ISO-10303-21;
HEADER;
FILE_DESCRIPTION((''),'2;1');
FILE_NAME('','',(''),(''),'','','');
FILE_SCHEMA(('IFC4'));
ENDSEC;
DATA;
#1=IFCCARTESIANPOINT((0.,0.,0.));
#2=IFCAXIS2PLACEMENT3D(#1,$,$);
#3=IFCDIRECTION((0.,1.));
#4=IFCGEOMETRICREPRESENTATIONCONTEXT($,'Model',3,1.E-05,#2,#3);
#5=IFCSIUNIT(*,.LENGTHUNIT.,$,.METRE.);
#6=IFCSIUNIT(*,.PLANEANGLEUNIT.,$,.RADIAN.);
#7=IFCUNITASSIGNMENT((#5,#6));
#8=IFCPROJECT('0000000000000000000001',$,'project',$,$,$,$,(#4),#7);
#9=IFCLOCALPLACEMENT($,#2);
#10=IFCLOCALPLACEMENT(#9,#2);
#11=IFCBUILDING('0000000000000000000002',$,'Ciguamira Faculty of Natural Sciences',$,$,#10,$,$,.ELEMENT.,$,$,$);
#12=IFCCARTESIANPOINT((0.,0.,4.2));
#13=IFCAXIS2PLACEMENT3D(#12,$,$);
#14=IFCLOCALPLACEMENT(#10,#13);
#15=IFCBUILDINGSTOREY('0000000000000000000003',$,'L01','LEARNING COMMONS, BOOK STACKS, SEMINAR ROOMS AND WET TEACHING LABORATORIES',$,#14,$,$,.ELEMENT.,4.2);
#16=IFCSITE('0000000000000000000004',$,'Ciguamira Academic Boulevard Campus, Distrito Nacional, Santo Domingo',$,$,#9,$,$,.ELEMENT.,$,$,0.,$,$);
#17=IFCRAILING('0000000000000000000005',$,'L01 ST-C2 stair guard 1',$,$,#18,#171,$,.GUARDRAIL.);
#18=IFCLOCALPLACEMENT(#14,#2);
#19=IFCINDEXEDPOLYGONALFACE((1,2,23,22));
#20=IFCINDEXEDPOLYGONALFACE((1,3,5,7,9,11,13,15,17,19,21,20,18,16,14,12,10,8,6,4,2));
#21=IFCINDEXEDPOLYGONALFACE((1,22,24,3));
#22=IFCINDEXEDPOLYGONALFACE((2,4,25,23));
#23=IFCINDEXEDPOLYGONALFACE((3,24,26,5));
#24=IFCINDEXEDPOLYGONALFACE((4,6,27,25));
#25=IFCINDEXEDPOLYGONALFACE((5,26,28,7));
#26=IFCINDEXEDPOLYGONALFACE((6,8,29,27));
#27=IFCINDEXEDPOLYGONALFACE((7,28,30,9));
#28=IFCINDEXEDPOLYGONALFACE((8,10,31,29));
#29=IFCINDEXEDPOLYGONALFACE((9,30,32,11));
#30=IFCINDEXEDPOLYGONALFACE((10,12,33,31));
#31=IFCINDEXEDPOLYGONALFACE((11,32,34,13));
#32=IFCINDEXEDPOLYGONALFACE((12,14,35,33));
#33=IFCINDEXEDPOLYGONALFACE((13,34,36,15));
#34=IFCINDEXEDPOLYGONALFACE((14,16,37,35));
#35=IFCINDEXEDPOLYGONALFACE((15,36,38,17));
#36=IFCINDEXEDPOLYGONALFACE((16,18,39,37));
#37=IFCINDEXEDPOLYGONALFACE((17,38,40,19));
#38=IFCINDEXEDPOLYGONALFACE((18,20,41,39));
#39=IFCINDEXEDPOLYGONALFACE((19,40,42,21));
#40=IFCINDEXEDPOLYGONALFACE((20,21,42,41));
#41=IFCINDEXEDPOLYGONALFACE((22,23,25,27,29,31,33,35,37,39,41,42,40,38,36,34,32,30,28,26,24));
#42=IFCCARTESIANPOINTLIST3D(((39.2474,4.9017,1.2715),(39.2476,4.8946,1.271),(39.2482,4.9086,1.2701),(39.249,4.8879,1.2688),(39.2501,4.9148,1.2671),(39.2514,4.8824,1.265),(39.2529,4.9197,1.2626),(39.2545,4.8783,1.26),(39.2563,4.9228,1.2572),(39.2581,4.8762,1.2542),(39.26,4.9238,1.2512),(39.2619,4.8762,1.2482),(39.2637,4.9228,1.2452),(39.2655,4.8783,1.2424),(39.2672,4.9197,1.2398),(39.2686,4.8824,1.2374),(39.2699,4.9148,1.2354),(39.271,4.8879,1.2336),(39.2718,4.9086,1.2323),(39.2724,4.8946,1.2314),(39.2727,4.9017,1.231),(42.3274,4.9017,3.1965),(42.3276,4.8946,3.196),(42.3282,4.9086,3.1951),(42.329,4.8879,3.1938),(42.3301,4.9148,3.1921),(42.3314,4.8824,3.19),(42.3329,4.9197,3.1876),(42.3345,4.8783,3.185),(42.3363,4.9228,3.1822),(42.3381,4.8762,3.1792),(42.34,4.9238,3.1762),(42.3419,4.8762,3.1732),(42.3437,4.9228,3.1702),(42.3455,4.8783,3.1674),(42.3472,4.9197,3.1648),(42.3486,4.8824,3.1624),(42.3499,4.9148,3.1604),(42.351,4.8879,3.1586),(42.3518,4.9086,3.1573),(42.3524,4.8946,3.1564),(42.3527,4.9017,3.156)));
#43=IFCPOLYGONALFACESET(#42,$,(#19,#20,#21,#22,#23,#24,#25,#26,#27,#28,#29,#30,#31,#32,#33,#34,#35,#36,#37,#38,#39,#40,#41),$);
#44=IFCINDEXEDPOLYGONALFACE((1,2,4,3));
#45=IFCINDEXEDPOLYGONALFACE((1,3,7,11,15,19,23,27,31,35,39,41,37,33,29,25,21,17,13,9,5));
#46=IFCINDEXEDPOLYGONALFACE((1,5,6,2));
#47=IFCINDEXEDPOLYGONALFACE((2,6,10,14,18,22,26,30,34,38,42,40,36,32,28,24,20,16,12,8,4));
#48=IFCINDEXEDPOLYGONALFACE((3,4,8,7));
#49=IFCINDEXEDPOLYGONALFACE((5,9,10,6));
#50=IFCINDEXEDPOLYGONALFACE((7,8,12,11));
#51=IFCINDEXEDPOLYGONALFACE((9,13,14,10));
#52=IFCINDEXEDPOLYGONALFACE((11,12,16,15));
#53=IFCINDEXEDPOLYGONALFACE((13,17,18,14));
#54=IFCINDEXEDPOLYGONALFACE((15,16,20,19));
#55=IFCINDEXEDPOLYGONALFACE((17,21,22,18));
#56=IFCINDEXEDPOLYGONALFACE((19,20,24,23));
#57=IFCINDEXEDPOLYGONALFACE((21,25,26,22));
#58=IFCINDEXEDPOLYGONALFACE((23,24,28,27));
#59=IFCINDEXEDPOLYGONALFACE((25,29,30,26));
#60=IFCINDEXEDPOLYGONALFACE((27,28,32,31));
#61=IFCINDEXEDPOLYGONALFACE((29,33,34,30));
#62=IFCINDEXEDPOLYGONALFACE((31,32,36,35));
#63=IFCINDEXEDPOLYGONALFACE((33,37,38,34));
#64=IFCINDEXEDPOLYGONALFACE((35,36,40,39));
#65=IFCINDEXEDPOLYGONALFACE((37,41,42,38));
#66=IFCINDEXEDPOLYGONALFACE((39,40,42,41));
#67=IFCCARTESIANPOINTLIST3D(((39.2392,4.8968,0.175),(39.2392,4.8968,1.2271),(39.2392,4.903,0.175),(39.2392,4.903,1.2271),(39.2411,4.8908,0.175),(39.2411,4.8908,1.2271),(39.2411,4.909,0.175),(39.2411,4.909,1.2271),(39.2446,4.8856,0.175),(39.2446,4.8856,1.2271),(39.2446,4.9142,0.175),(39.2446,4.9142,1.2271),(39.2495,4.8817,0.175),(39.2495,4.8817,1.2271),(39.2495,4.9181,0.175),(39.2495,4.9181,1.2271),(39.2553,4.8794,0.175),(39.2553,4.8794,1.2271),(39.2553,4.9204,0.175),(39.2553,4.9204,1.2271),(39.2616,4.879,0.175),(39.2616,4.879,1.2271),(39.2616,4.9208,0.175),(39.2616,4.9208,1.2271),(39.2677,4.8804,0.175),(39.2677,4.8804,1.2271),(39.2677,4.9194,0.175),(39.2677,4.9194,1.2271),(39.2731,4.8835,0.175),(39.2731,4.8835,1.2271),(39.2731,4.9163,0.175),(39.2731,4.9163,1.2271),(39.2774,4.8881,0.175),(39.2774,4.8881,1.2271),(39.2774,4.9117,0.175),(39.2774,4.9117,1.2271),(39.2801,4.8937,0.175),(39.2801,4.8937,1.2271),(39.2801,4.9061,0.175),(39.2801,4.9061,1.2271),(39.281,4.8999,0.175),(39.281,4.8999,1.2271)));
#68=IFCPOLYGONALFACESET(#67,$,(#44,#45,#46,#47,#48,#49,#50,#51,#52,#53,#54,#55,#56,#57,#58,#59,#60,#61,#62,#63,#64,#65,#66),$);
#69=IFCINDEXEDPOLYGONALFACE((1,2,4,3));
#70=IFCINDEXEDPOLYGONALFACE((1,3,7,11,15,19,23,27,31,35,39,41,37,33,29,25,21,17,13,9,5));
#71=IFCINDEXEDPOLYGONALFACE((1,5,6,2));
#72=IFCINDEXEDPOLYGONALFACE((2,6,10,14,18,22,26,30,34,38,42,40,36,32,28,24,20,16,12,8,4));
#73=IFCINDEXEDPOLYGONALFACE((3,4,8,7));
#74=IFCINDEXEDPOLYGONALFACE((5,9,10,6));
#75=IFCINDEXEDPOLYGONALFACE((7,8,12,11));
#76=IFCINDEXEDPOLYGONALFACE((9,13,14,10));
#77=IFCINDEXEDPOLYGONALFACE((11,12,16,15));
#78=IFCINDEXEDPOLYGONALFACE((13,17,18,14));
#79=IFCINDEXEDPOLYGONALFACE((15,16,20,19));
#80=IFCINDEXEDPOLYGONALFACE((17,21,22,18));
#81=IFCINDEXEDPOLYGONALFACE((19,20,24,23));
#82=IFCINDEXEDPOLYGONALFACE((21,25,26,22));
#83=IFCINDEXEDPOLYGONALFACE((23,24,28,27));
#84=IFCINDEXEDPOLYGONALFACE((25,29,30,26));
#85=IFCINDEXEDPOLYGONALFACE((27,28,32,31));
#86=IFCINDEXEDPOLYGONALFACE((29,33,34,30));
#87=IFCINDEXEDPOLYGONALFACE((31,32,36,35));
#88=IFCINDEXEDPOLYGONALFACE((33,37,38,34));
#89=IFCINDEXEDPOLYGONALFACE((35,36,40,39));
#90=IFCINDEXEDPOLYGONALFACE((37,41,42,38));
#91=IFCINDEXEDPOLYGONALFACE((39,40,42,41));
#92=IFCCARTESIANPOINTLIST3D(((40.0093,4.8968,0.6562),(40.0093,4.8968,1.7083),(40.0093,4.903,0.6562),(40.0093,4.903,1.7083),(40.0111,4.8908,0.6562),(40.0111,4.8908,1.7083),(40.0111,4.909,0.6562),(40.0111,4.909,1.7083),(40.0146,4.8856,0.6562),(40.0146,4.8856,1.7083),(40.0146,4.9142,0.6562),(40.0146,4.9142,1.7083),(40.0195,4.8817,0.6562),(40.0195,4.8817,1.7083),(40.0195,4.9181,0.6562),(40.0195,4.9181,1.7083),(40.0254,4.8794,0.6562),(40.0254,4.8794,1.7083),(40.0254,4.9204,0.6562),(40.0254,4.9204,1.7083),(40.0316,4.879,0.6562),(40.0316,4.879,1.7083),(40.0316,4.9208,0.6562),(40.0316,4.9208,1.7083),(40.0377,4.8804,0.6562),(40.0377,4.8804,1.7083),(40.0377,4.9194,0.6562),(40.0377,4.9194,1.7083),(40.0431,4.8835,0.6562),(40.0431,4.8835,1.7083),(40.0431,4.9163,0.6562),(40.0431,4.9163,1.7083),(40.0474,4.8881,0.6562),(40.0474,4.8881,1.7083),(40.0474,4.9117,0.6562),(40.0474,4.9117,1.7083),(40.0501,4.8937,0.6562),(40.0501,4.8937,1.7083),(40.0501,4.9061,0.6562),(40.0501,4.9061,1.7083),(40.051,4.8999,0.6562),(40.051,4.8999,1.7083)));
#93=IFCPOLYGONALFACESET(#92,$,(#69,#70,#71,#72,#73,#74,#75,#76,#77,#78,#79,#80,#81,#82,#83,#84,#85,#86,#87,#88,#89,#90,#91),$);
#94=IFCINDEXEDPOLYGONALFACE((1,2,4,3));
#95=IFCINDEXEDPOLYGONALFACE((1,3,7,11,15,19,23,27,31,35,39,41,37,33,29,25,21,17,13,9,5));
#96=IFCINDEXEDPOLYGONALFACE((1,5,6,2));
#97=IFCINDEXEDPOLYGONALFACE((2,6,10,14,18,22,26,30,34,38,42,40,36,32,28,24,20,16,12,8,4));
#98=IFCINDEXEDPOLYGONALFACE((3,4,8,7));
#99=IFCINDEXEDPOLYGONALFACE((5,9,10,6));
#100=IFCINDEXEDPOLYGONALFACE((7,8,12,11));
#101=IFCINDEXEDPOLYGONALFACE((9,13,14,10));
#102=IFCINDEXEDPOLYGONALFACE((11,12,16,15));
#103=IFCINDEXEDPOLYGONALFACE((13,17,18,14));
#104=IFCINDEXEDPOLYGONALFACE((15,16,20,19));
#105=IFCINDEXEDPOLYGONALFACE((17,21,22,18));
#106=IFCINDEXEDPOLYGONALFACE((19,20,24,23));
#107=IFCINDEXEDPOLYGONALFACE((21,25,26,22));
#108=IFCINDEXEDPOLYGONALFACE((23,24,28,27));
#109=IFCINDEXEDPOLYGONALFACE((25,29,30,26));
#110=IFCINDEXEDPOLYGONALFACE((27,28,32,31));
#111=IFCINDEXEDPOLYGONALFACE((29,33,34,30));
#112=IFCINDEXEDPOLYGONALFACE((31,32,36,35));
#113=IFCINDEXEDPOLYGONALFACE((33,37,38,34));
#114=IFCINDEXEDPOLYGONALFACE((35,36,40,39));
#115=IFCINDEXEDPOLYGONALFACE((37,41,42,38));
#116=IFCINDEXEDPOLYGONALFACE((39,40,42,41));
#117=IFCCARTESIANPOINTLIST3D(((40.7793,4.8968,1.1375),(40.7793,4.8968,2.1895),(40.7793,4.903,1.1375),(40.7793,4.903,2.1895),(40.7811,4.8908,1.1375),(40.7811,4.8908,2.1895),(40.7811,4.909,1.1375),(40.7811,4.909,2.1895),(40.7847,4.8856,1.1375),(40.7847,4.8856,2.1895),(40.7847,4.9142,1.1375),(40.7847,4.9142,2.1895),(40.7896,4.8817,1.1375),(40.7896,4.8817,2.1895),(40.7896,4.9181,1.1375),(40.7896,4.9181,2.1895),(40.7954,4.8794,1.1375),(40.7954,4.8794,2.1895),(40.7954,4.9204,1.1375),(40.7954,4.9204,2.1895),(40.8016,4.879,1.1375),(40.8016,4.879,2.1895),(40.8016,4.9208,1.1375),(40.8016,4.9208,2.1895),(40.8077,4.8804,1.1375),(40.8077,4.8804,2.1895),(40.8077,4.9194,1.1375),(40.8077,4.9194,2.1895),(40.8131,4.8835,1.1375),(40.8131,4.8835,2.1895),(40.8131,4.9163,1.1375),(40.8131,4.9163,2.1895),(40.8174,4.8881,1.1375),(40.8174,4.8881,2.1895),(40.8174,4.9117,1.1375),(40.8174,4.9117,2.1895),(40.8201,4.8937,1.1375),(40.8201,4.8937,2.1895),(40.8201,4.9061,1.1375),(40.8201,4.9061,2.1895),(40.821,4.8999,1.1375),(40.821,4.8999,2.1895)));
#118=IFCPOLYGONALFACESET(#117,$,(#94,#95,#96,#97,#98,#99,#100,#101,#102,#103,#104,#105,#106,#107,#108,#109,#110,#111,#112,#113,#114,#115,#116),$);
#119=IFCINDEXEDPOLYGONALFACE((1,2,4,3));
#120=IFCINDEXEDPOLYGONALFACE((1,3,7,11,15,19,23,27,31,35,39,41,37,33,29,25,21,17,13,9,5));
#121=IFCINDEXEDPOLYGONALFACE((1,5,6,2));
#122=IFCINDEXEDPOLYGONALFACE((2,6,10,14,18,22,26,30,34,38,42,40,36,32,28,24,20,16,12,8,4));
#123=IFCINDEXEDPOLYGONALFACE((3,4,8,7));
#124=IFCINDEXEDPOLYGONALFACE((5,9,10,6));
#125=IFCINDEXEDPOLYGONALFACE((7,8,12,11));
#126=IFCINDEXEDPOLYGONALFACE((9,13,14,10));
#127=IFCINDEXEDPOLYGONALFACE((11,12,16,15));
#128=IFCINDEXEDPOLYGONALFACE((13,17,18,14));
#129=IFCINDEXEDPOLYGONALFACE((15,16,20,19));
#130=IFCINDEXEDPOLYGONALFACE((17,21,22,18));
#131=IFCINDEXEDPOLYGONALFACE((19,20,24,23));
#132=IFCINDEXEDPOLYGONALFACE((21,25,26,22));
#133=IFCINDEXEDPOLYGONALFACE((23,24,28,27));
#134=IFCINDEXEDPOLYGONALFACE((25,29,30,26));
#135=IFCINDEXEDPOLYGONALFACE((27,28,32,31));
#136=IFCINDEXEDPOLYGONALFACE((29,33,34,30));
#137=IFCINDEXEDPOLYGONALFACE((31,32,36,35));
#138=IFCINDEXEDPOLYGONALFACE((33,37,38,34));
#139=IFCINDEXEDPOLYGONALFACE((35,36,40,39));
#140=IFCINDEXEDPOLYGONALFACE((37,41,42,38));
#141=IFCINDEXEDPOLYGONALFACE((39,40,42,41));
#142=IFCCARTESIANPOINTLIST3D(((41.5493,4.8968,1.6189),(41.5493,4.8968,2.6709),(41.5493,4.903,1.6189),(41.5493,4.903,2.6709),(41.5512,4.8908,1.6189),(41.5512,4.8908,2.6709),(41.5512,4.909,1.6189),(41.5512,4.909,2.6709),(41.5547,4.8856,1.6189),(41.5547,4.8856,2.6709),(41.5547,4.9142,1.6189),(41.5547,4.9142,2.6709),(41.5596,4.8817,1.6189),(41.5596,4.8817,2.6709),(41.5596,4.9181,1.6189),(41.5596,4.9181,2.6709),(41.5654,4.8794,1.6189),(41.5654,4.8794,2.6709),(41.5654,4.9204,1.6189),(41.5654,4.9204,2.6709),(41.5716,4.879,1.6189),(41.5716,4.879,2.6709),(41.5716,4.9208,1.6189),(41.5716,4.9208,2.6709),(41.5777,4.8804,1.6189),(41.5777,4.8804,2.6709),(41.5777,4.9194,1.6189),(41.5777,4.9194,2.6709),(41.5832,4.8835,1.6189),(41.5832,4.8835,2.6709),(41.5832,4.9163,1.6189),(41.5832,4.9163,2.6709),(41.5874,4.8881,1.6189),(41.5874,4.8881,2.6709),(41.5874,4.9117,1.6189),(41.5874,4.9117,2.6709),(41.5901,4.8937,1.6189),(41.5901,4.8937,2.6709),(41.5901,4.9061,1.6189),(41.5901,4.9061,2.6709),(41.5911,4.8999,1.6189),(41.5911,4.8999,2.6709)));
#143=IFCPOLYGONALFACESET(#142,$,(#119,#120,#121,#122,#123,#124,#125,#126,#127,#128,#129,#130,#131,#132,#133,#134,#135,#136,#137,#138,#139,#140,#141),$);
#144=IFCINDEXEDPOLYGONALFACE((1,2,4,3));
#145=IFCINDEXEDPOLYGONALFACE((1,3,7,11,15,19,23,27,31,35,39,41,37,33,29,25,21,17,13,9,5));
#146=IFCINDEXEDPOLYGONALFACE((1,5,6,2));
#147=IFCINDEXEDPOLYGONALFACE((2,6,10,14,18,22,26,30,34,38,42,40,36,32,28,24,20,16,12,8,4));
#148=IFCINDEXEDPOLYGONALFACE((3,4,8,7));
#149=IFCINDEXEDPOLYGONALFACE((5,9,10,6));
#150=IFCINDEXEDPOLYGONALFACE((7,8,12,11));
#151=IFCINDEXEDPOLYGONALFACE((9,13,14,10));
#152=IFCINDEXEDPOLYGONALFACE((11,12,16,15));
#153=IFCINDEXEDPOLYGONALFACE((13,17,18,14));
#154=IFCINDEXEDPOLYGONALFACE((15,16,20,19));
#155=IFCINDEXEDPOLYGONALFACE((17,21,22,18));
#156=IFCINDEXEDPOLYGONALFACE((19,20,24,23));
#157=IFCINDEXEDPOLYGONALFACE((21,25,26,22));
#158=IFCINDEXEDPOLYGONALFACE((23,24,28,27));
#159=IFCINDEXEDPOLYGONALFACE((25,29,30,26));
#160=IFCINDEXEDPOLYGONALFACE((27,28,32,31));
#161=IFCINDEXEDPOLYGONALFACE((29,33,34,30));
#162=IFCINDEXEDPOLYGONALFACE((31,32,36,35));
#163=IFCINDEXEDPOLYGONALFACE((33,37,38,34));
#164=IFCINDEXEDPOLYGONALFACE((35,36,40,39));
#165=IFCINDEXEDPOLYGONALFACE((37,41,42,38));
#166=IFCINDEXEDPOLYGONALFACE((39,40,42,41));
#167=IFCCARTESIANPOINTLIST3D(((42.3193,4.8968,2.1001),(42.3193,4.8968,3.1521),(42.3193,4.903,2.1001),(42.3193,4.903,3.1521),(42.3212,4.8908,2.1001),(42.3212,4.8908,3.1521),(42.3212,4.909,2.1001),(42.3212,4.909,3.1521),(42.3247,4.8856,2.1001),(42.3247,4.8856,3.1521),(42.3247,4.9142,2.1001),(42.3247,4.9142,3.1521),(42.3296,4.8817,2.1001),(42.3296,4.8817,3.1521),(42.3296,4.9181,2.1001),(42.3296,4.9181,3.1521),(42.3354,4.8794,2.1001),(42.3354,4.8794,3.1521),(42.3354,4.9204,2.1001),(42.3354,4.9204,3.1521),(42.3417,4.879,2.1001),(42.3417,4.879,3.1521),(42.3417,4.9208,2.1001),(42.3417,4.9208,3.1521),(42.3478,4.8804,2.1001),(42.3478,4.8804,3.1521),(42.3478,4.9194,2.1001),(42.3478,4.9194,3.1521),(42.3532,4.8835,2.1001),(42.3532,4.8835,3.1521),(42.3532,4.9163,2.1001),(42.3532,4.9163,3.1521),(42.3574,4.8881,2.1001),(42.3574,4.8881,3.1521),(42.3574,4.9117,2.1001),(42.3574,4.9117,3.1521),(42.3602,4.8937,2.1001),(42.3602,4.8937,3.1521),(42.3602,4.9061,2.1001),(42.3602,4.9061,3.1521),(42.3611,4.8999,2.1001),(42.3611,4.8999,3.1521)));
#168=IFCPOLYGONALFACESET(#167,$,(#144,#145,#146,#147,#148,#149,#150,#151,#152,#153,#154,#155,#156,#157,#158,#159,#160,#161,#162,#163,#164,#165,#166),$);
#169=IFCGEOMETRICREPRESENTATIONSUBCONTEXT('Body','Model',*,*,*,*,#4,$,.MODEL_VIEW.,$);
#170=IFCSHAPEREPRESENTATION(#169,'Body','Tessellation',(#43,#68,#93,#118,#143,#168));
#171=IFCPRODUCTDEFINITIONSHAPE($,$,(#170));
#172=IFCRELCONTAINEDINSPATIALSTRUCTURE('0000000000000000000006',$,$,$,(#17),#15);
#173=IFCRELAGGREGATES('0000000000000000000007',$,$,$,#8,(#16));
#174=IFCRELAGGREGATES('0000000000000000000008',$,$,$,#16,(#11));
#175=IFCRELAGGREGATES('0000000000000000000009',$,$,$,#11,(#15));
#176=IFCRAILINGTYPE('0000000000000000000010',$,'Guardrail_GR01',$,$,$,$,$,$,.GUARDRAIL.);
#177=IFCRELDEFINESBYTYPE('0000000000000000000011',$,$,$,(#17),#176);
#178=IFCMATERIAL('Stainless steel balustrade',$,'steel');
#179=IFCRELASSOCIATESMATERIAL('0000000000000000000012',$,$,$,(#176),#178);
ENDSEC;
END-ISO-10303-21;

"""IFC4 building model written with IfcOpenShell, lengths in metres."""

from ifc_helpers import new_model, si_unit, direction, frame, origin, origin_2d, place, context, subcontext, project, spatial, circle, extrude, material, type_object, element, save


model = new_model("IFC4")

# Units and contexts
model_context = context("Model", 3, precision=1e-05, world=origin(), true_north=direction((0.0, 1.0)))
body_context = subcontext(model_context, "Body", "Model", "MODEL_VIEW")
ifc_project = project(units=[si_unit("LENGTHUNIT", "METRE"), si_unit("PLANEANGLEUNIT", "RADIAN")], contexts=[model_context])

# Site, building, storey
site_placement = place(None, origin())
site = spatial("IfcSite", under=ifc_project, at=site_placement, Name="Ciguamira Academic Boulevard Campus, Distrito Nacional, Santo Domingo", CompositionType="ELEMENT", RefElevation=0.0)
building_placement = place(site_placement, origin())
building = spatial("IfcBuilding", under=site, at=building_placement, Name="Ciguamira Faculty of Natural Sciences", CompositionType="ELEMENT")
storey_placement = place(building_placement, frame((0.0, 0.0, 4.2)))
storey = spatial("IfcBuildingStorey", under=building, at=storey_placement, Name="L01", Description="LEARNING COMMONS, BOOK STACKS, SEMINAR ROOMS AND WET TEACHING LABORATORIES", CompositionType="ELEMENT", Elevation=4.2)

# Railing
ifc_material_1 = material(Name="Stainless steel balustrade", Category="steel")
railing_type_1 = type_object("IfcRailingType", Name="Guardrail_GR01", PredefinedType="GUARDRAIL", material=ifc_material_1)
railing_1_placement = place(storey_placement, frame((39.26, 4.8999, 0.175)))
element("IfcRailing", 1, at=railing_1_placement, inside=storey, type_object=railing_type_1, Name="L01 ST-C2 stair guard 1", PredefinedType="GUARDRAIL", context=body_context, shape_type="SweptSolid", body=[
    extrude(circle(Radius=0.0239, at=origin_2d()), frame((0.0, 0.0, 1.0762), z_axis=(0.847998, 0.0, 0.529999), x_axis=(0.0, 1.0, 0.0)), (0.0, 0.0, 1.0), 3.6321),
    extrude(circle(Radius=0.021, at=origin_2d()), origin(), (0.0, 0.0, 1.0), 1.052),
    extrude(circle(Radius=0.021, at=origin_2d()), frame((0.77, 0.0, 0.4812)), (0.0, 0.0, 1.0), 1.052),
    extrude(circle(Radius=0.021, at=origin_2d()), frame((1.54, 0.0, 0.9624)), (0.0, 0.0, 1.0), 1.052),
    extrude(circle(Radius=0.021, at=origin_2d()), frame((2.3101, 0.0, 1.4438)), (0.0, 0.0, 1.0), 1.052),
    extrude(circle(Radius=0.021, at=origin_2d()), frame((3.0801, 0.0, 1.925)), (0.0, 0.0, 1.0), 1.052),
])

save(model, "model.ifc")
